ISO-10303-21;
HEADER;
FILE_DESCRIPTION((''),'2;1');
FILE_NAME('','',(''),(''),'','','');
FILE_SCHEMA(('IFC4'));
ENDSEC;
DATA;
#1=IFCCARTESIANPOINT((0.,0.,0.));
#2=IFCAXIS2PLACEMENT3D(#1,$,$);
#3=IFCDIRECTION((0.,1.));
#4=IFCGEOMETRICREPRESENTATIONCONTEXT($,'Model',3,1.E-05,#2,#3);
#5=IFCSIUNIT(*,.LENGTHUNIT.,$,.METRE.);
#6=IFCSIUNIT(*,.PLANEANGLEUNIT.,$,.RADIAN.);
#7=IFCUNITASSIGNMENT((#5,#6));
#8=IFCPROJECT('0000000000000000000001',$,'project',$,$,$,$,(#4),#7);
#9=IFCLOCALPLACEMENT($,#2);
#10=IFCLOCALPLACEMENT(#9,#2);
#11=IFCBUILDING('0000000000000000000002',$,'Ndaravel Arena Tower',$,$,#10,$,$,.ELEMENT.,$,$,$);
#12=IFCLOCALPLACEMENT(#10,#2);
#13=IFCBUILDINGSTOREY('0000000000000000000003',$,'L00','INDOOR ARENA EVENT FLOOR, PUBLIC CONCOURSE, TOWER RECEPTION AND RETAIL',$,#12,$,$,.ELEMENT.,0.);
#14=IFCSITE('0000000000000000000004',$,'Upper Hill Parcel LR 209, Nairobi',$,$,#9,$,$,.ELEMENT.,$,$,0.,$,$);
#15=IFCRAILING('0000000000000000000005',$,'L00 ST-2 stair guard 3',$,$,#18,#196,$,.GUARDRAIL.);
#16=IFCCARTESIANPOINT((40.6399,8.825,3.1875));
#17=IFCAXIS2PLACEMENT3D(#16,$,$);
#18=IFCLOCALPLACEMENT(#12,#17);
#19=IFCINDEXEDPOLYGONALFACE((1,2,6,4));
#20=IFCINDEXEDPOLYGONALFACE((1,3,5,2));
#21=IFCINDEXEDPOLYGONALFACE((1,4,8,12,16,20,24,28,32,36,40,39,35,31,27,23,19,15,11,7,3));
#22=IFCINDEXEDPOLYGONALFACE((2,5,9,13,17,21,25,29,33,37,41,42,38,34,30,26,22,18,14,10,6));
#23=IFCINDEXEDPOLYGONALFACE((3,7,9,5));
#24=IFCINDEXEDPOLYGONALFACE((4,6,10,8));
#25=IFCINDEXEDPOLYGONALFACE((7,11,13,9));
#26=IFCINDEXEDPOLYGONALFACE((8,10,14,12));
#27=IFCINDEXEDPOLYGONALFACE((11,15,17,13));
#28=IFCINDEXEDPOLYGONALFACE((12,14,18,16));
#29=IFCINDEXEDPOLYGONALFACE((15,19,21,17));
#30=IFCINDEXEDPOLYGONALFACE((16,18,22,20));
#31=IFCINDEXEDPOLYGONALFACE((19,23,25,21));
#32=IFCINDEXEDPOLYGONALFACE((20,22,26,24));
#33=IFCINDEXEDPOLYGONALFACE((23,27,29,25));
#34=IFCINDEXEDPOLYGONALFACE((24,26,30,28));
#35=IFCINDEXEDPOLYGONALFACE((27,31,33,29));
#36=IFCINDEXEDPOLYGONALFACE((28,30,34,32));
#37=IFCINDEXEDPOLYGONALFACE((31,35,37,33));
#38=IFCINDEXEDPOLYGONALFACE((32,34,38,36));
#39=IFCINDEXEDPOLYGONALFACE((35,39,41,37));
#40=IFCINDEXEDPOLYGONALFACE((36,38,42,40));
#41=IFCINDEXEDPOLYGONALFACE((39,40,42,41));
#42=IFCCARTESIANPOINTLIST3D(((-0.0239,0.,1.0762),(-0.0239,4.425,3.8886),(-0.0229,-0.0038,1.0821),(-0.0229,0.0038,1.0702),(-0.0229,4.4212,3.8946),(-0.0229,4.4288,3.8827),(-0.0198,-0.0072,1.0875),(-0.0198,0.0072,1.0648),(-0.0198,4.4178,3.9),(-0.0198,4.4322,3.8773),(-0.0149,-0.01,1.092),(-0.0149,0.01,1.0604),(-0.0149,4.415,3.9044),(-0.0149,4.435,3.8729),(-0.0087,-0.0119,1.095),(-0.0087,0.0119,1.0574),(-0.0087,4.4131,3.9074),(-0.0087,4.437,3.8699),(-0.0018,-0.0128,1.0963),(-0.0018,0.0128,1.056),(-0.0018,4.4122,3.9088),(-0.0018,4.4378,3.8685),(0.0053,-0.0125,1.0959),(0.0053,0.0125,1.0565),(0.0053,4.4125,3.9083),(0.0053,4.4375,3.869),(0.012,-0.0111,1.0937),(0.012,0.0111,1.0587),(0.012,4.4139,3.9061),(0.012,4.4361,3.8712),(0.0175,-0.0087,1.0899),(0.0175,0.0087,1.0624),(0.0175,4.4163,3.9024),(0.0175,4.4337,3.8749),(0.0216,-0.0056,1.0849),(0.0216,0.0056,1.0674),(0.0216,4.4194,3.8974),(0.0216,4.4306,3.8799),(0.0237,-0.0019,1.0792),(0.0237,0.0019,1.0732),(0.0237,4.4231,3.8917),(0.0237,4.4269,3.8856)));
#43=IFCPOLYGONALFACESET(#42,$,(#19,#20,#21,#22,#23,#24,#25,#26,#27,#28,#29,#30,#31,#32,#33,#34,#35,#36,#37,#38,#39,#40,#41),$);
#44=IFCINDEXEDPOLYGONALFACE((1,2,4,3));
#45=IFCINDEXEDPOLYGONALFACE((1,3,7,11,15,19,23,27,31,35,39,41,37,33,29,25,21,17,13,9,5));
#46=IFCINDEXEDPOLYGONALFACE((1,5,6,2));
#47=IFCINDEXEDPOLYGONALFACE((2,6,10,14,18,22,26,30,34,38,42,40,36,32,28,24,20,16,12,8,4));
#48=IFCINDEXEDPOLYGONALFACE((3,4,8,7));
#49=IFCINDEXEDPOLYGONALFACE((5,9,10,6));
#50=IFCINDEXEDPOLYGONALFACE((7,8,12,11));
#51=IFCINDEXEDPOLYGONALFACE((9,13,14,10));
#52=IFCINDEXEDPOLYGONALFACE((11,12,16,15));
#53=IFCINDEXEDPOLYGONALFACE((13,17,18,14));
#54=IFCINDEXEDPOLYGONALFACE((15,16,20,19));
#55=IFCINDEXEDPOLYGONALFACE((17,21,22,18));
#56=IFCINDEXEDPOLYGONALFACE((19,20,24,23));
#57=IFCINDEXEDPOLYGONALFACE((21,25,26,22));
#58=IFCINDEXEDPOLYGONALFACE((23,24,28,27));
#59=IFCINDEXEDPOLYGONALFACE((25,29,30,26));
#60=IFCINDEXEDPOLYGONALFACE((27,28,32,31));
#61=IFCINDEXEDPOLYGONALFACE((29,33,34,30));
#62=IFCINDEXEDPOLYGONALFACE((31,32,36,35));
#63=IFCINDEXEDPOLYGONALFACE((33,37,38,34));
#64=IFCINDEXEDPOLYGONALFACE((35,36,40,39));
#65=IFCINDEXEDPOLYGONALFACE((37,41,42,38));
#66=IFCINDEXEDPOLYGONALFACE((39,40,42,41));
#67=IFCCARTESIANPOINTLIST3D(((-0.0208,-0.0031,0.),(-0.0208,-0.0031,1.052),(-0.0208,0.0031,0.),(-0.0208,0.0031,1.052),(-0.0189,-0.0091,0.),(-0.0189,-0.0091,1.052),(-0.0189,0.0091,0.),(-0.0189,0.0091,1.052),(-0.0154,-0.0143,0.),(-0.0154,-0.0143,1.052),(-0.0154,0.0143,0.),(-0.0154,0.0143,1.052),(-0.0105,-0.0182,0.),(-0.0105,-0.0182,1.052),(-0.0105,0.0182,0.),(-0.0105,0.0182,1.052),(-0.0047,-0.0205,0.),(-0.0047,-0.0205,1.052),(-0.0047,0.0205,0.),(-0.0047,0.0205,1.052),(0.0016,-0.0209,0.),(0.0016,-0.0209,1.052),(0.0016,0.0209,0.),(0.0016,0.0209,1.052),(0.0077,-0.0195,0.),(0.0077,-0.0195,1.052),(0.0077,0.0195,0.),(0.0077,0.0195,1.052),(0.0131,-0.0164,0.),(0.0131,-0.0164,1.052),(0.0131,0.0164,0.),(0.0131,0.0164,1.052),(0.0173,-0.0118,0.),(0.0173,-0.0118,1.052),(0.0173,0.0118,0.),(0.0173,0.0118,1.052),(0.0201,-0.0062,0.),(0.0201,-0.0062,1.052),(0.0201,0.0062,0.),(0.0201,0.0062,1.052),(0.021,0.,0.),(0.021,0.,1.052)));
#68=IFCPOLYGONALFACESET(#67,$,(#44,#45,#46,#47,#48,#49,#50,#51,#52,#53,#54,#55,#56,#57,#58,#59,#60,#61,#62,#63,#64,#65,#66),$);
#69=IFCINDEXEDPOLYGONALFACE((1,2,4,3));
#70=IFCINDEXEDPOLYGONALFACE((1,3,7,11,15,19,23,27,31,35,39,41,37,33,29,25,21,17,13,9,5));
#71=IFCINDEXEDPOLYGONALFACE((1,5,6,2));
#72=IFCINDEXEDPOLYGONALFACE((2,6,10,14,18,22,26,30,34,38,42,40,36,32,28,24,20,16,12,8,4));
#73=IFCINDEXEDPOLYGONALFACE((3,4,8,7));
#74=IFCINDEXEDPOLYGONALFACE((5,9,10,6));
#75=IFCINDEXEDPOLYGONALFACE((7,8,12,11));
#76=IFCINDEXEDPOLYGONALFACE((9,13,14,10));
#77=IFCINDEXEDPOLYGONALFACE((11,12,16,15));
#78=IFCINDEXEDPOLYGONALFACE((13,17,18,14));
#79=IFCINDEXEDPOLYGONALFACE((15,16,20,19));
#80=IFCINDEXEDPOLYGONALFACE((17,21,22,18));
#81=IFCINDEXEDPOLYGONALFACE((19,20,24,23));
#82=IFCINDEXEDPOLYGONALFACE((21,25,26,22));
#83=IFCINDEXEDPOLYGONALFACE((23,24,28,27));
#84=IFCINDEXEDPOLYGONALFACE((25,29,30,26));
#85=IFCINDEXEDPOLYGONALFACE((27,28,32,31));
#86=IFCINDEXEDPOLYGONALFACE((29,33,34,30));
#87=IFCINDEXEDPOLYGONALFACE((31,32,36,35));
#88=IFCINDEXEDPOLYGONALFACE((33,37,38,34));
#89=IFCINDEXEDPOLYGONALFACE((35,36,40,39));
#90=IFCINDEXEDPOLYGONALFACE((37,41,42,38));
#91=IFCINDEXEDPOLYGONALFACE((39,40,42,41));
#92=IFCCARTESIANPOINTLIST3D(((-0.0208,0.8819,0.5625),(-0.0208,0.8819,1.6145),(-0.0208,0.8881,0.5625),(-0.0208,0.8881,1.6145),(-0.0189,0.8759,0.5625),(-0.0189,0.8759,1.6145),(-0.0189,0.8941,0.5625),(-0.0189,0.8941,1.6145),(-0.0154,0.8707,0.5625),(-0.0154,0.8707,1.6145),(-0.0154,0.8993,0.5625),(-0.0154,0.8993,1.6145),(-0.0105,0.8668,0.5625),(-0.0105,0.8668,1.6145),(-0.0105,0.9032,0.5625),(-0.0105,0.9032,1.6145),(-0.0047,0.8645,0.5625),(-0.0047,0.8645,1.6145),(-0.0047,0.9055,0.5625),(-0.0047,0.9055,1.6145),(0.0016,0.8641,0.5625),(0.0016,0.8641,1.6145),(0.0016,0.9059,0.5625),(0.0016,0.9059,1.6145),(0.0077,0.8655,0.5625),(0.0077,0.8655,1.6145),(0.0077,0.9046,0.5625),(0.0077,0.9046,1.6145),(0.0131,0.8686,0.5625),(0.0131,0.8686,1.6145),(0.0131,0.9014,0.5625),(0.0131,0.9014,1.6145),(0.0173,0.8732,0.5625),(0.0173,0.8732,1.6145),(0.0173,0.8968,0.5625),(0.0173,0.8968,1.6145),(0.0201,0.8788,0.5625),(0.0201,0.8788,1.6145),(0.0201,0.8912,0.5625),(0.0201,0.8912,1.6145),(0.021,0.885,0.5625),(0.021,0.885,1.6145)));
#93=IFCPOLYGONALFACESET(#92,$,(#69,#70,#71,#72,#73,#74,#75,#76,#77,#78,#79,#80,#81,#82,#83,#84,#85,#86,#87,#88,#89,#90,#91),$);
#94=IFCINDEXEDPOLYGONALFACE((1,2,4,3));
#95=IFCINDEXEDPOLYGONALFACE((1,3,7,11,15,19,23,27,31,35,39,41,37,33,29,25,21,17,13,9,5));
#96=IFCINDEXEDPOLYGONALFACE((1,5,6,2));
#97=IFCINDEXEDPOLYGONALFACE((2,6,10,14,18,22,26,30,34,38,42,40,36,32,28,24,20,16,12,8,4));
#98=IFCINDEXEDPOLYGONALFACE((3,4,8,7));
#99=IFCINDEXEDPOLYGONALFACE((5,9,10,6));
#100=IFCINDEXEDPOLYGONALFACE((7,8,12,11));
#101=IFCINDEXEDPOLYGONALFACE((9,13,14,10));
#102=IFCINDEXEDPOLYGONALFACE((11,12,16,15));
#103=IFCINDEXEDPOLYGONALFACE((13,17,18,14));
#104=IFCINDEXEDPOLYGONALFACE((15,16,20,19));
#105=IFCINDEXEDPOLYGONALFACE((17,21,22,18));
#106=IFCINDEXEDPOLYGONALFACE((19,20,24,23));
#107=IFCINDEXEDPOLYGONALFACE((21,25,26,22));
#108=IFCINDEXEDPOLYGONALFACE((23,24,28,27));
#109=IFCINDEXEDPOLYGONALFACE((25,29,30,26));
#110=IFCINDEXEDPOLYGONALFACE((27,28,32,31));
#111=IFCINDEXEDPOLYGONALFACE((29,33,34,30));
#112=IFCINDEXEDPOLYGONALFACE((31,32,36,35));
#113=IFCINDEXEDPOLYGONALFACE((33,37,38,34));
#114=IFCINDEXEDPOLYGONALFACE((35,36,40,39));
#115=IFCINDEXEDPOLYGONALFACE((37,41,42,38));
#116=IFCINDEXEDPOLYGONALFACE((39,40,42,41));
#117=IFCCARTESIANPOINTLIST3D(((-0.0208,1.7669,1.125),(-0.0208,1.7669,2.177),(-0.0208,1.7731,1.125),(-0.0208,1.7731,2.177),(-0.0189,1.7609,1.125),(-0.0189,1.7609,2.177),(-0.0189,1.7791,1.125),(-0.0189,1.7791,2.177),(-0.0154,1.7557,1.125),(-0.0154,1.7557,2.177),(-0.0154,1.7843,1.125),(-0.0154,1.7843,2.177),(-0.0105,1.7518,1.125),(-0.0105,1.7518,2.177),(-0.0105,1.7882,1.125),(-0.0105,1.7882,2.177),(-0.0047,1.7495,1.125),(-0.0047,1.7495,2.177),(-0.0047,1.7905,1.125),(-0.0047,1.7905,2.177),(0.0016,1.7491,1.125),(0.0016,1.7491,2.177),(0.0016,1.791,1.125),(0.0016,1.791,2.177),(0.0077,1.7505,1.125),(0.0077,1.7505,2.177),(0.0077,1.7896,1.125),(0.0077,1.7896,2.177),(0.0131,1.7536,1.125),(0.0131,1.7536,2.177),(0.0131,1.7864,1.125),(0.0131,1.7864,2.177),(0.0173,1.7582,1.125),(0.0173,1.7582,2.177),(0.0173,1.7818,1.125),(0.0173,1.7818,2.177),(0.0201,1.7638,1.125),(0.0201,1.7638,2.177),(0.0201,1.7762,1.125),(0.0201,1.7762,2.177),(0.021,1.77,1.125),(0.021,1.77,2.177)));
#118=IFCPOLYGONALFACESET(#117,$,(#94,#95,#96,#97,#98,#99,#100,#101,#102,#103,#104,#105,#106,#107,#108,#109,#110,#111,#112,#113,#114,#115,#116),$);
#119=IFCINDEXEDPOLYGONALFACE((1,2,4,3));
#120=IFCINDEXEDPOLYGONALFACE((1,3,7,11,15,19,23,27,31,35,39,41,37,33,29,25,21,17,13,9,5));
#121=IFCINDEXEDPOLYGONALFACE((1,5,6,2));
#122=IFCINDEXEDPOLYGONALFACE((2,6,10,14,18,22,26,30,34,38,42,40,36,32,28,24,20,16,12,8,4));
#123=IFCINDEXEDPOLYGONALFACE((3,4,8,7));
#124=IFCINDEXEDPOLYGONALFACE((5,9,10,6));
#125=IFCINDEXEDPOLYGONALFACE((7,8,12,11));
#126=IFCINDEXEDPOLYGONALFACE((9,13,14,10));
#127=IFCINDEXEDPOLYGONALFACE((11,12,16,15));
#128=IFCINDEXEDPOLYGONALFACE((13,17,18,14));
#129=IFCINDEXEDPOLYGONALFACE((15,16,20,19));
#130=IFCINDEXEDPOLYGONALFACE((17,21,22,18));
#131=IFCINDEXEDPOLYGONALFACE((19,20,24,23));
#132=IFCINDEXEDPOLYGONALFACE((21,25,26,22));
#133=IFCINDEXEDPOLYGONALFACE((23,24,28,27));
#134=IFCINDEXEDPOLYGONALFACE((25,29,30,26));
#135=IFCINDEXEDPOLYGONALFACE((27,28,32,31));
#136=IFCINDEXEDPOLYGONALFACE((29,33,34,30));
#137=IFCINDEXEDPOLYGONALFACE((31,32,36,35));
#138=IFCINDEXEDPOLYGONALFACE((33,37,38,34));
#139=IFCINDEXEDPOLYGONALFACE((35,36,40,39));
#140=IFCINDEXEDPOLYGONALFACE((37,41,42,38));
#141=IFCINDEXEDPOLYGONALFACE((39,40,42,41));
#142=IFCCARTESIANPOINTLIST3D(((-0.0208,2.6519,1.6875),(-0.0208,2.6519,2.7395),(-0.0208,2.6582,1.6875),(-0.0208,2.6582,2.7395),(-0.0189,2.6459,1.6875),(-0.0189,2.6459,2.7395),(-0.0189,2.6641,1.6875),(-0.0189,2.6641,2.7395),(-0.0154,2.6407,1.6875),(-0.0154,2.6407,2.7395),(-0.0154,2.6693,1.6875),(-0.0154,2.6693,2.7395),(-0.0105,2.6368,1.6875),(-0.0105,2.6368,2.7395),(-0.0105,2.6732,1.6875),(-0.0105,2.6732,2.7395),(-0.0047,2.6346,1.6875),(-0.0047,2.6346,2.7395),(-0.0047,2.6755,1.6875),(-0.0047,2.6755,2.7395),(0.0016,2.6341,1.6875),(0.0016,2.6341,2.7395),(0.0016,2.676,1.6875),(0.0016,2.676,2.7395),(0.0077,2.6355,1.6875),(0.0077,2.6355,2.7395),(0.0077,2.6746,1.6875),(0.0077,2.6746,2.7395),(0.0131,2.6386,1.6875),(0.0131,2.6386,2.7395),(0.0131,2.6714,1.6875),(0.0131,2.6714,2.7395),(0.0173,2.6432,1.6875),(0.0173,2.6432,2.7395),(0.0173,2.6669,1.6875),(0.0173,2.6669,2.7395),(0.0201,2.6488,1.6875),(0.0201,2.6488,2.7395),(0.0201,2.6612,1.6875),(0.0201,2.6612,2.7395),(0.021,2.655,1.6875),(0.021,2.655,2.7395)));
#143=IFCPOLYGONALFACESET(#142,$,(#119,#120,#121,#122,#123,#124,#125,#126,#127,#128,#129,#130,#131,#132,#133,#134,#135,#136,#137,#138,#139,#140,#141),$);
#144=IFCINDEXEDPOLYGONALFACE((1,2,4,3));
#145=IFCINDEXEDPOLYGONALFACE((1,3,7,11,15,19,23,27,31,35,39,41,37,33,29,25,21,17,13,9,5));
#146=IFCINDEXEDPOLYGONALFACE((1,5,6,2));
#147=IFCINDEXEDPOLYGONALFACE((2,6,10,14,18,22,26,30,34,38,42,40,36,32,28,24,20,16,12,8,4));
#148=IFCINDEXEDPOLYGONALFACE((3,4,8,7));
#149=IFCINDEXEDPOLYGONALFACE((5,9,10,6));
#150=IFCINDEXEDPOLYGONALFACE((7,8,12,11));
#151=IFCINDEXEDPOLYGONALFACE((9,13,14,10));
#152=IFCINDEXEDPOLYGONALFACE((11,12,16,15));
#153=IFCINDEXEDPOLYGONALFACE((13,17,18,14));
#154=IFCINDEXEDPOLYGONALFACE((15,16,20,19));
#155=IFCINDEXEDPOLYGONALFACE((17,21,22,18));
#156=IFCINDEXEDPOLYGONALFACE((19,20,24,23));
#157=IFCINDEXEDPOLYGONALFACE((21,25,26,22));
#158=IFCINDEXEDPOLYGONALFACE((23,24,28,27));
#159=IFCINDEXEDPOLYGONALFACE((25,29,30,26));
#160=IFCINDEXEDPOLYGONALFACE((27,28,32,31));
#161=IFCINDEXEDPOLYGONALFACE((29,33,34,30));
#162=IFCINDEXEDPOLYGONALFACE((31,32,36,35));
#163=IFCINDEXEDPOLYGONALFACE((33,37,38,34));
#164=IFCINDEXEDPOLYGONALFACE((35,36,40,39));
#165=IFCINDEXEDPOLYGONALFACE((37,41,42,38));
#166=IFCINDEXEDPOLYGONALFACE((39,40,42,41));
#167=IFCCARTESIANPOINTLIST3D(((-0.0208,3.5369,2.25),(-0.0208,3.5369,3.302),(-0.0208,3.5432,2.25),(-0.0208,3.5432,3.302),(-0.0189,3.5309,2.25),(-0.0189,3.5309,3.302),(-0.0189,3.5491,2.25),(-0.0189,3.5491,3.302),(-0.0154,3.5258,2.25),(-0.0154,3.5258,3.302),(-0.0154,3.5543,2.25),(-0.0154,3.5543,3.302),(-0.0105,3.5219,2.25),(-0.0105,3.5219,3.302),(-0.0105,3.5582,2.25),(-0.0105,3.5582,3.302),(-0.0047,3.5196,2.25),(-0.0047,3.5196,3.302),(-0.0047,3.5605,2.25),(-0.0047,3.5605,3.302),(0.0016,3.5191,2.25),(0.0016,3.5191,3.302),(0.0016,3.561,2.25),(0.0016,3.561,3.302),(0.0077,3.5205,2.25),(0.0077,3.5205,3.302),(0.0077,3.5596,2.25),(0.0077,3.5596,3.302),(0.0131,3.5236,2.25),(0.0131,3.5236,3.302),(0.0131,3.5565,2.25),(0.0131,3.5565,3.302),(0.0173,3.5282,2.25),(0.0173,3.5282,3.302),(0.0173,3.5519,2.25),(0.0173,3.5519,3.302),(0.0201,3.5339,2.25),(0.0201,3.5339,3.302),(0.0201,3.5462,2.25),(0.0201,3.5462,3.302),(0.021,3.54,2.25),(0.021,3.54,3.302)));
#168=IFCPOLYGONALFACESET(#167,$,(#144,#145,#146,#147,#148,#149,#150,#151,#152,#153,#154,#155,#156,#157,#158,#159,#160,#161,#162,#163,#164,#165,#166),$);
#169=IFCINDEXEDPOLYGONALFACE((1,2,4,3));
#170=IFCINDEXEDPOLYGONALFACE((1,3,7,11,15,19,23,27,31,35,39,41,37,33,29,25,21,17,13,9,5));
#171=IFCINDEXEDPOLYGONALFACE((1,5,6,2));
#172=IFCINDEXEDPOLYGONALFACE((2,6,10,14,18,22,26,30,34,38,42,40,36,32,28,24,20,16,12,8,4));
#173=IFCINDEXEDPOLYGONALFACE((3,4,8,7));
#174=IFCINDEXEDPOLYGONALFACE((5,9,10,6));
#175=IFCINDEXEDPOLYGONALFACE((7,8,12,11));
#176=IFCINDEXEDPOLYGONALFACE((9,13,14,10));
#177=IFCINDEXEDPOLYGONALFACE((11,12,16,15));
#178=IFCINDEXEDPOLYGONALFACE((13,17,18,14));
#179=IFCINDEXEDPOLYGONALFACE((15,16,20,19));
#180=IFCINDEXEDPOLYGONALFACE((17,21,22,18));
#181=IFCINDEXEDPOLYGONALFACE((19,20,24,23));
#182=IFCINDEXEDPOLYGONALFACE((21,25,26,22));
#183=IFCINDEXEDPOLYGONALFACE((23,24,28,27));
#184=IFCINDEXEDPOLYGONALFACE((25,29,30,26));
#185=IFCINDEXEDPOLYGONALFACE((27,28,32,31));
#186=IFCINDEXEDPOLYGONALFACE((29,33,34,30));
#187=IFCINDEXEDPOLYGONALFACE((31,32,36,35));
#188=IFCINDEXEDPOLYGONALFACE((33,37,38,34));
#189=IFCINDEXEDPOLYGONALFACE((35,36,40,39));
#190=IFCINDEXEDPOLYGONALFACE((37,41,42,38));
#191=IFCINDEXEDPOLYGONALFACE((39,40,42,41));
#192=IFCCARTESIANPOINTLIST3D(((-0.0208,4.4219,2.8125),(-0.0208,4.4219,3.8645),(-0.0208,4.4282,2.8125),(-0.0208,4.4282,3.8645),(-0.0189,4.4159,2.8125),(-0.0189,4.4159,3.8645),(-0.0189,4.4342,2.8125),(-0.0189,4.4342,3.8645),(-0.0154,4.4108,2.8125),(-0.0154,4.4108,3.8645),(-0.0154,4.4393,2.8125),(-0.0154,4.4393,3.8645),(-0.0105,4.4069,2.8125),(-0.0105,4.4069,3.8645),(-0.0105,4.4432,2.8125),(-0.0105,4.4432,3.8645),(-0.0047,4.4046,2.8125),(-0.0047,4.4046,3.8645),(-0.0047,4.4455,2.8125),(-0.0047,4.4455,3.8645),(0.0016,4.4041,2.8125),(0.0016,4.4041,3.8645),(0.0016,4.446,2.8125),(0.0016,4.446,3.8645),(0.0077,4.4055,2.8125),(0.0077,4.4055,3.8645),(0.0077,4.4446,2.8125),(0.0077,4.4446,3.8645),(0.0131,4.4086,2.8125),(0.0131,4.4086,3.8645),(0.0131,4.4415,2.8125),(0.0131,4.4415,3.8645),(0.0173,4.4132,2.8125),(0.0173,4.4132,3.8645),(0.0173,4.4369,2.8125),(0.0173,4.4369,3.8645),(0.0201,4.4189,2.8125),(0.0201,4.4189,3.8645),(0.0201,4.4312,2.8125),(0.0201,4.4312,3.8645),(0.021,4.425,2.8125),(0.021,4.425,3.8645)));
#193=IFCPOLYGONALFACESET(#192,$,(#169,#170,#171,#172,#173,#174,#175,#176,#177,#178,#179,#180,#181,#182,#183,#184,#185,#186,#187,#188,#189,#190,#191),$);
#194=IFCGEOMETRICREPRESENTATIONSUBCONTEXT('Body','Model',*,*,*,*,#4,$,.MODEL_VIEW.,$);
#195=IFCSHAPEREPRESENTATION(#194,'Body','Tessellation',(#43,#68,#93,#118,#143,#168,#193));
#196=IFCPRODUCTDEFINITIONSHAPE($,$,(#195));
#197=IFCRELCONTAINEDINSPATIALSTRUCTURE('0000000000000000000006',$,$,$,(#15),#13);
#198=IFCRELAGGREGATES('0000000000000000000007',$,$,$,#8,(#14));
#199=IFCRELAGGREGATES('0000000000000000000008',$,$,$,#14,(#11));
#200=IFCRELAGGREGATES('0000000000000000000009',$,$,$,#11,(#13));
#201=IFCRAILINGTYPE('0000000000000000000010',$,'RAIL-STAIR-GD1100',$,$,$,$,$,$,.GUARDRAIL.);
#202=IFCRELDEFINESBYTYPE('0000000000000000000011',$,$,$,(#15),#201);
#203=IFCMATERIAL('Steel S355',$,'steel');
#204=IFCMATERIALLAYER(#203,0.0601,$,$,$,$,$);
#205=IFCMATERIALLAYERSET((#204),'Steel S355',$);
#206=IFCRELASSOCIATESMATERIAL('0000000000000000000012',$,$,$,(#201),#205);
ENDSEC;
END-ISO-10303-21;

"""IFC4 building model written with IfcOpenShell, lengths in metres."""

from ifc_helpers import new_model, si_unit, direction, frame, origin, origin_2d, place, context, subcontext, project, spatial, circle, extrude, material, layer, layer_set, type_object, element, save


model = new_model("IFC4")

# Units and contexts
model_context = context("Model", 3, precision=1e-05, world=origin(), true_north=direction((0.0, 1.0)))
body_context = subcontext(model_context, "Body", "Model", "MODEL_VIEW")
ifc_project = project(units=[si_unit("LENGTHUNIT", "METRE"), si_unit("PLANEANGLEUNIT", "RADIAN")], contexts=[model_context])

# Site, building, storey
site_placement = place(None, origin())
site = spatial("IfcSite", under=ifc_project, at=site_placement, Name="Upper Hill Parcel LR 209, Nairobi", CompositionType="ELEMENT", RefElevation=0.0)
building_placement = place(site_placement, origin())
building = spatial("IfcBuilding", under=site, at=building_placement, Name="Ndaravel Arena Tower", CompositionType="ELEMENT")
storey_placement = place(building_placement, origin())
storey = spatial("IfcBuildingStorey", under=building, at=storey_placement, Name="L00", Description="INDOOR ARENA EVENT FLOOR, PUBLIC CONCOURSE, TOWER RECEPTION AND RETAIL", CompositionType="ELEMENT", Elevation=0.0)

# Railing
ifc_material_1 = material(Name="Steel S355", Category="steel")
ifc_layer_1 = layer(ifc_material_1, 0.0601)
ifc_layer_set_1 = layer_set([ifc_layer_1], Name="Steel S355")
railing_type_1 = type_object("IfcRailingType", Name="RAIL-STAIR-GD1100", PredefinedType="GUARDRAIL", material=ifc_layer_set_1)
railing_1_placement = place(storey_placement, frame((40.6399, 8.825, 3.1875)))
element("IfcRailing", 1, at=railing_1_placement, inside=storey, type_object=railing_type_1, Name="L00 ST-2 stair guard 3", PredefinedType="GUARDRAIL", context=body_context, shape_type="SweptSolid", body=[
    extrude(circle(Radius=0.0239, at=origin_2d()), frame((0.0, 0.0, 1.0762), z_axis=(0.0, 0.843959, 0.536408), x_axis=(-1.0, 0.0, 0.0)), (0.0, 0.0, 1.0), 5.2432),
    extrude(circle(Radius=0.021, at=origin_2d()), origin(), (0.0, 0.0, 1.0), 1.052),
    extrude(circle(Radius=0.021, at=origin_2d()), frame((0.0, 0.885, 0.5625)), (0.0, 0.0, 1.0), 1.052),
    extrude(circle(Radius=0.021, at=origin_2d()), frame((0.0, 1.77, 1.125)), (0.0, 0.0, 1.0), 1.052),
    extrude(circle(Radius=0.021, at=origin_2d()), frame((0.0, 2.655, 1.6875)), (0.0, 0.0, 1.0), 1.052),
    extrude(circle(Radius=0.021, at=origin_2d()), frame((0.0, 3.54, 2.25)), (0.0, 0.0, 1.0), 1.052),
    extrude(circle(Radius=0.021, at=origin_2d()), frame((0.0, 4.425, 2.8125)), (0.0, 0.0, 1.0), 1.052),
])

save(model, "model.ifc")
